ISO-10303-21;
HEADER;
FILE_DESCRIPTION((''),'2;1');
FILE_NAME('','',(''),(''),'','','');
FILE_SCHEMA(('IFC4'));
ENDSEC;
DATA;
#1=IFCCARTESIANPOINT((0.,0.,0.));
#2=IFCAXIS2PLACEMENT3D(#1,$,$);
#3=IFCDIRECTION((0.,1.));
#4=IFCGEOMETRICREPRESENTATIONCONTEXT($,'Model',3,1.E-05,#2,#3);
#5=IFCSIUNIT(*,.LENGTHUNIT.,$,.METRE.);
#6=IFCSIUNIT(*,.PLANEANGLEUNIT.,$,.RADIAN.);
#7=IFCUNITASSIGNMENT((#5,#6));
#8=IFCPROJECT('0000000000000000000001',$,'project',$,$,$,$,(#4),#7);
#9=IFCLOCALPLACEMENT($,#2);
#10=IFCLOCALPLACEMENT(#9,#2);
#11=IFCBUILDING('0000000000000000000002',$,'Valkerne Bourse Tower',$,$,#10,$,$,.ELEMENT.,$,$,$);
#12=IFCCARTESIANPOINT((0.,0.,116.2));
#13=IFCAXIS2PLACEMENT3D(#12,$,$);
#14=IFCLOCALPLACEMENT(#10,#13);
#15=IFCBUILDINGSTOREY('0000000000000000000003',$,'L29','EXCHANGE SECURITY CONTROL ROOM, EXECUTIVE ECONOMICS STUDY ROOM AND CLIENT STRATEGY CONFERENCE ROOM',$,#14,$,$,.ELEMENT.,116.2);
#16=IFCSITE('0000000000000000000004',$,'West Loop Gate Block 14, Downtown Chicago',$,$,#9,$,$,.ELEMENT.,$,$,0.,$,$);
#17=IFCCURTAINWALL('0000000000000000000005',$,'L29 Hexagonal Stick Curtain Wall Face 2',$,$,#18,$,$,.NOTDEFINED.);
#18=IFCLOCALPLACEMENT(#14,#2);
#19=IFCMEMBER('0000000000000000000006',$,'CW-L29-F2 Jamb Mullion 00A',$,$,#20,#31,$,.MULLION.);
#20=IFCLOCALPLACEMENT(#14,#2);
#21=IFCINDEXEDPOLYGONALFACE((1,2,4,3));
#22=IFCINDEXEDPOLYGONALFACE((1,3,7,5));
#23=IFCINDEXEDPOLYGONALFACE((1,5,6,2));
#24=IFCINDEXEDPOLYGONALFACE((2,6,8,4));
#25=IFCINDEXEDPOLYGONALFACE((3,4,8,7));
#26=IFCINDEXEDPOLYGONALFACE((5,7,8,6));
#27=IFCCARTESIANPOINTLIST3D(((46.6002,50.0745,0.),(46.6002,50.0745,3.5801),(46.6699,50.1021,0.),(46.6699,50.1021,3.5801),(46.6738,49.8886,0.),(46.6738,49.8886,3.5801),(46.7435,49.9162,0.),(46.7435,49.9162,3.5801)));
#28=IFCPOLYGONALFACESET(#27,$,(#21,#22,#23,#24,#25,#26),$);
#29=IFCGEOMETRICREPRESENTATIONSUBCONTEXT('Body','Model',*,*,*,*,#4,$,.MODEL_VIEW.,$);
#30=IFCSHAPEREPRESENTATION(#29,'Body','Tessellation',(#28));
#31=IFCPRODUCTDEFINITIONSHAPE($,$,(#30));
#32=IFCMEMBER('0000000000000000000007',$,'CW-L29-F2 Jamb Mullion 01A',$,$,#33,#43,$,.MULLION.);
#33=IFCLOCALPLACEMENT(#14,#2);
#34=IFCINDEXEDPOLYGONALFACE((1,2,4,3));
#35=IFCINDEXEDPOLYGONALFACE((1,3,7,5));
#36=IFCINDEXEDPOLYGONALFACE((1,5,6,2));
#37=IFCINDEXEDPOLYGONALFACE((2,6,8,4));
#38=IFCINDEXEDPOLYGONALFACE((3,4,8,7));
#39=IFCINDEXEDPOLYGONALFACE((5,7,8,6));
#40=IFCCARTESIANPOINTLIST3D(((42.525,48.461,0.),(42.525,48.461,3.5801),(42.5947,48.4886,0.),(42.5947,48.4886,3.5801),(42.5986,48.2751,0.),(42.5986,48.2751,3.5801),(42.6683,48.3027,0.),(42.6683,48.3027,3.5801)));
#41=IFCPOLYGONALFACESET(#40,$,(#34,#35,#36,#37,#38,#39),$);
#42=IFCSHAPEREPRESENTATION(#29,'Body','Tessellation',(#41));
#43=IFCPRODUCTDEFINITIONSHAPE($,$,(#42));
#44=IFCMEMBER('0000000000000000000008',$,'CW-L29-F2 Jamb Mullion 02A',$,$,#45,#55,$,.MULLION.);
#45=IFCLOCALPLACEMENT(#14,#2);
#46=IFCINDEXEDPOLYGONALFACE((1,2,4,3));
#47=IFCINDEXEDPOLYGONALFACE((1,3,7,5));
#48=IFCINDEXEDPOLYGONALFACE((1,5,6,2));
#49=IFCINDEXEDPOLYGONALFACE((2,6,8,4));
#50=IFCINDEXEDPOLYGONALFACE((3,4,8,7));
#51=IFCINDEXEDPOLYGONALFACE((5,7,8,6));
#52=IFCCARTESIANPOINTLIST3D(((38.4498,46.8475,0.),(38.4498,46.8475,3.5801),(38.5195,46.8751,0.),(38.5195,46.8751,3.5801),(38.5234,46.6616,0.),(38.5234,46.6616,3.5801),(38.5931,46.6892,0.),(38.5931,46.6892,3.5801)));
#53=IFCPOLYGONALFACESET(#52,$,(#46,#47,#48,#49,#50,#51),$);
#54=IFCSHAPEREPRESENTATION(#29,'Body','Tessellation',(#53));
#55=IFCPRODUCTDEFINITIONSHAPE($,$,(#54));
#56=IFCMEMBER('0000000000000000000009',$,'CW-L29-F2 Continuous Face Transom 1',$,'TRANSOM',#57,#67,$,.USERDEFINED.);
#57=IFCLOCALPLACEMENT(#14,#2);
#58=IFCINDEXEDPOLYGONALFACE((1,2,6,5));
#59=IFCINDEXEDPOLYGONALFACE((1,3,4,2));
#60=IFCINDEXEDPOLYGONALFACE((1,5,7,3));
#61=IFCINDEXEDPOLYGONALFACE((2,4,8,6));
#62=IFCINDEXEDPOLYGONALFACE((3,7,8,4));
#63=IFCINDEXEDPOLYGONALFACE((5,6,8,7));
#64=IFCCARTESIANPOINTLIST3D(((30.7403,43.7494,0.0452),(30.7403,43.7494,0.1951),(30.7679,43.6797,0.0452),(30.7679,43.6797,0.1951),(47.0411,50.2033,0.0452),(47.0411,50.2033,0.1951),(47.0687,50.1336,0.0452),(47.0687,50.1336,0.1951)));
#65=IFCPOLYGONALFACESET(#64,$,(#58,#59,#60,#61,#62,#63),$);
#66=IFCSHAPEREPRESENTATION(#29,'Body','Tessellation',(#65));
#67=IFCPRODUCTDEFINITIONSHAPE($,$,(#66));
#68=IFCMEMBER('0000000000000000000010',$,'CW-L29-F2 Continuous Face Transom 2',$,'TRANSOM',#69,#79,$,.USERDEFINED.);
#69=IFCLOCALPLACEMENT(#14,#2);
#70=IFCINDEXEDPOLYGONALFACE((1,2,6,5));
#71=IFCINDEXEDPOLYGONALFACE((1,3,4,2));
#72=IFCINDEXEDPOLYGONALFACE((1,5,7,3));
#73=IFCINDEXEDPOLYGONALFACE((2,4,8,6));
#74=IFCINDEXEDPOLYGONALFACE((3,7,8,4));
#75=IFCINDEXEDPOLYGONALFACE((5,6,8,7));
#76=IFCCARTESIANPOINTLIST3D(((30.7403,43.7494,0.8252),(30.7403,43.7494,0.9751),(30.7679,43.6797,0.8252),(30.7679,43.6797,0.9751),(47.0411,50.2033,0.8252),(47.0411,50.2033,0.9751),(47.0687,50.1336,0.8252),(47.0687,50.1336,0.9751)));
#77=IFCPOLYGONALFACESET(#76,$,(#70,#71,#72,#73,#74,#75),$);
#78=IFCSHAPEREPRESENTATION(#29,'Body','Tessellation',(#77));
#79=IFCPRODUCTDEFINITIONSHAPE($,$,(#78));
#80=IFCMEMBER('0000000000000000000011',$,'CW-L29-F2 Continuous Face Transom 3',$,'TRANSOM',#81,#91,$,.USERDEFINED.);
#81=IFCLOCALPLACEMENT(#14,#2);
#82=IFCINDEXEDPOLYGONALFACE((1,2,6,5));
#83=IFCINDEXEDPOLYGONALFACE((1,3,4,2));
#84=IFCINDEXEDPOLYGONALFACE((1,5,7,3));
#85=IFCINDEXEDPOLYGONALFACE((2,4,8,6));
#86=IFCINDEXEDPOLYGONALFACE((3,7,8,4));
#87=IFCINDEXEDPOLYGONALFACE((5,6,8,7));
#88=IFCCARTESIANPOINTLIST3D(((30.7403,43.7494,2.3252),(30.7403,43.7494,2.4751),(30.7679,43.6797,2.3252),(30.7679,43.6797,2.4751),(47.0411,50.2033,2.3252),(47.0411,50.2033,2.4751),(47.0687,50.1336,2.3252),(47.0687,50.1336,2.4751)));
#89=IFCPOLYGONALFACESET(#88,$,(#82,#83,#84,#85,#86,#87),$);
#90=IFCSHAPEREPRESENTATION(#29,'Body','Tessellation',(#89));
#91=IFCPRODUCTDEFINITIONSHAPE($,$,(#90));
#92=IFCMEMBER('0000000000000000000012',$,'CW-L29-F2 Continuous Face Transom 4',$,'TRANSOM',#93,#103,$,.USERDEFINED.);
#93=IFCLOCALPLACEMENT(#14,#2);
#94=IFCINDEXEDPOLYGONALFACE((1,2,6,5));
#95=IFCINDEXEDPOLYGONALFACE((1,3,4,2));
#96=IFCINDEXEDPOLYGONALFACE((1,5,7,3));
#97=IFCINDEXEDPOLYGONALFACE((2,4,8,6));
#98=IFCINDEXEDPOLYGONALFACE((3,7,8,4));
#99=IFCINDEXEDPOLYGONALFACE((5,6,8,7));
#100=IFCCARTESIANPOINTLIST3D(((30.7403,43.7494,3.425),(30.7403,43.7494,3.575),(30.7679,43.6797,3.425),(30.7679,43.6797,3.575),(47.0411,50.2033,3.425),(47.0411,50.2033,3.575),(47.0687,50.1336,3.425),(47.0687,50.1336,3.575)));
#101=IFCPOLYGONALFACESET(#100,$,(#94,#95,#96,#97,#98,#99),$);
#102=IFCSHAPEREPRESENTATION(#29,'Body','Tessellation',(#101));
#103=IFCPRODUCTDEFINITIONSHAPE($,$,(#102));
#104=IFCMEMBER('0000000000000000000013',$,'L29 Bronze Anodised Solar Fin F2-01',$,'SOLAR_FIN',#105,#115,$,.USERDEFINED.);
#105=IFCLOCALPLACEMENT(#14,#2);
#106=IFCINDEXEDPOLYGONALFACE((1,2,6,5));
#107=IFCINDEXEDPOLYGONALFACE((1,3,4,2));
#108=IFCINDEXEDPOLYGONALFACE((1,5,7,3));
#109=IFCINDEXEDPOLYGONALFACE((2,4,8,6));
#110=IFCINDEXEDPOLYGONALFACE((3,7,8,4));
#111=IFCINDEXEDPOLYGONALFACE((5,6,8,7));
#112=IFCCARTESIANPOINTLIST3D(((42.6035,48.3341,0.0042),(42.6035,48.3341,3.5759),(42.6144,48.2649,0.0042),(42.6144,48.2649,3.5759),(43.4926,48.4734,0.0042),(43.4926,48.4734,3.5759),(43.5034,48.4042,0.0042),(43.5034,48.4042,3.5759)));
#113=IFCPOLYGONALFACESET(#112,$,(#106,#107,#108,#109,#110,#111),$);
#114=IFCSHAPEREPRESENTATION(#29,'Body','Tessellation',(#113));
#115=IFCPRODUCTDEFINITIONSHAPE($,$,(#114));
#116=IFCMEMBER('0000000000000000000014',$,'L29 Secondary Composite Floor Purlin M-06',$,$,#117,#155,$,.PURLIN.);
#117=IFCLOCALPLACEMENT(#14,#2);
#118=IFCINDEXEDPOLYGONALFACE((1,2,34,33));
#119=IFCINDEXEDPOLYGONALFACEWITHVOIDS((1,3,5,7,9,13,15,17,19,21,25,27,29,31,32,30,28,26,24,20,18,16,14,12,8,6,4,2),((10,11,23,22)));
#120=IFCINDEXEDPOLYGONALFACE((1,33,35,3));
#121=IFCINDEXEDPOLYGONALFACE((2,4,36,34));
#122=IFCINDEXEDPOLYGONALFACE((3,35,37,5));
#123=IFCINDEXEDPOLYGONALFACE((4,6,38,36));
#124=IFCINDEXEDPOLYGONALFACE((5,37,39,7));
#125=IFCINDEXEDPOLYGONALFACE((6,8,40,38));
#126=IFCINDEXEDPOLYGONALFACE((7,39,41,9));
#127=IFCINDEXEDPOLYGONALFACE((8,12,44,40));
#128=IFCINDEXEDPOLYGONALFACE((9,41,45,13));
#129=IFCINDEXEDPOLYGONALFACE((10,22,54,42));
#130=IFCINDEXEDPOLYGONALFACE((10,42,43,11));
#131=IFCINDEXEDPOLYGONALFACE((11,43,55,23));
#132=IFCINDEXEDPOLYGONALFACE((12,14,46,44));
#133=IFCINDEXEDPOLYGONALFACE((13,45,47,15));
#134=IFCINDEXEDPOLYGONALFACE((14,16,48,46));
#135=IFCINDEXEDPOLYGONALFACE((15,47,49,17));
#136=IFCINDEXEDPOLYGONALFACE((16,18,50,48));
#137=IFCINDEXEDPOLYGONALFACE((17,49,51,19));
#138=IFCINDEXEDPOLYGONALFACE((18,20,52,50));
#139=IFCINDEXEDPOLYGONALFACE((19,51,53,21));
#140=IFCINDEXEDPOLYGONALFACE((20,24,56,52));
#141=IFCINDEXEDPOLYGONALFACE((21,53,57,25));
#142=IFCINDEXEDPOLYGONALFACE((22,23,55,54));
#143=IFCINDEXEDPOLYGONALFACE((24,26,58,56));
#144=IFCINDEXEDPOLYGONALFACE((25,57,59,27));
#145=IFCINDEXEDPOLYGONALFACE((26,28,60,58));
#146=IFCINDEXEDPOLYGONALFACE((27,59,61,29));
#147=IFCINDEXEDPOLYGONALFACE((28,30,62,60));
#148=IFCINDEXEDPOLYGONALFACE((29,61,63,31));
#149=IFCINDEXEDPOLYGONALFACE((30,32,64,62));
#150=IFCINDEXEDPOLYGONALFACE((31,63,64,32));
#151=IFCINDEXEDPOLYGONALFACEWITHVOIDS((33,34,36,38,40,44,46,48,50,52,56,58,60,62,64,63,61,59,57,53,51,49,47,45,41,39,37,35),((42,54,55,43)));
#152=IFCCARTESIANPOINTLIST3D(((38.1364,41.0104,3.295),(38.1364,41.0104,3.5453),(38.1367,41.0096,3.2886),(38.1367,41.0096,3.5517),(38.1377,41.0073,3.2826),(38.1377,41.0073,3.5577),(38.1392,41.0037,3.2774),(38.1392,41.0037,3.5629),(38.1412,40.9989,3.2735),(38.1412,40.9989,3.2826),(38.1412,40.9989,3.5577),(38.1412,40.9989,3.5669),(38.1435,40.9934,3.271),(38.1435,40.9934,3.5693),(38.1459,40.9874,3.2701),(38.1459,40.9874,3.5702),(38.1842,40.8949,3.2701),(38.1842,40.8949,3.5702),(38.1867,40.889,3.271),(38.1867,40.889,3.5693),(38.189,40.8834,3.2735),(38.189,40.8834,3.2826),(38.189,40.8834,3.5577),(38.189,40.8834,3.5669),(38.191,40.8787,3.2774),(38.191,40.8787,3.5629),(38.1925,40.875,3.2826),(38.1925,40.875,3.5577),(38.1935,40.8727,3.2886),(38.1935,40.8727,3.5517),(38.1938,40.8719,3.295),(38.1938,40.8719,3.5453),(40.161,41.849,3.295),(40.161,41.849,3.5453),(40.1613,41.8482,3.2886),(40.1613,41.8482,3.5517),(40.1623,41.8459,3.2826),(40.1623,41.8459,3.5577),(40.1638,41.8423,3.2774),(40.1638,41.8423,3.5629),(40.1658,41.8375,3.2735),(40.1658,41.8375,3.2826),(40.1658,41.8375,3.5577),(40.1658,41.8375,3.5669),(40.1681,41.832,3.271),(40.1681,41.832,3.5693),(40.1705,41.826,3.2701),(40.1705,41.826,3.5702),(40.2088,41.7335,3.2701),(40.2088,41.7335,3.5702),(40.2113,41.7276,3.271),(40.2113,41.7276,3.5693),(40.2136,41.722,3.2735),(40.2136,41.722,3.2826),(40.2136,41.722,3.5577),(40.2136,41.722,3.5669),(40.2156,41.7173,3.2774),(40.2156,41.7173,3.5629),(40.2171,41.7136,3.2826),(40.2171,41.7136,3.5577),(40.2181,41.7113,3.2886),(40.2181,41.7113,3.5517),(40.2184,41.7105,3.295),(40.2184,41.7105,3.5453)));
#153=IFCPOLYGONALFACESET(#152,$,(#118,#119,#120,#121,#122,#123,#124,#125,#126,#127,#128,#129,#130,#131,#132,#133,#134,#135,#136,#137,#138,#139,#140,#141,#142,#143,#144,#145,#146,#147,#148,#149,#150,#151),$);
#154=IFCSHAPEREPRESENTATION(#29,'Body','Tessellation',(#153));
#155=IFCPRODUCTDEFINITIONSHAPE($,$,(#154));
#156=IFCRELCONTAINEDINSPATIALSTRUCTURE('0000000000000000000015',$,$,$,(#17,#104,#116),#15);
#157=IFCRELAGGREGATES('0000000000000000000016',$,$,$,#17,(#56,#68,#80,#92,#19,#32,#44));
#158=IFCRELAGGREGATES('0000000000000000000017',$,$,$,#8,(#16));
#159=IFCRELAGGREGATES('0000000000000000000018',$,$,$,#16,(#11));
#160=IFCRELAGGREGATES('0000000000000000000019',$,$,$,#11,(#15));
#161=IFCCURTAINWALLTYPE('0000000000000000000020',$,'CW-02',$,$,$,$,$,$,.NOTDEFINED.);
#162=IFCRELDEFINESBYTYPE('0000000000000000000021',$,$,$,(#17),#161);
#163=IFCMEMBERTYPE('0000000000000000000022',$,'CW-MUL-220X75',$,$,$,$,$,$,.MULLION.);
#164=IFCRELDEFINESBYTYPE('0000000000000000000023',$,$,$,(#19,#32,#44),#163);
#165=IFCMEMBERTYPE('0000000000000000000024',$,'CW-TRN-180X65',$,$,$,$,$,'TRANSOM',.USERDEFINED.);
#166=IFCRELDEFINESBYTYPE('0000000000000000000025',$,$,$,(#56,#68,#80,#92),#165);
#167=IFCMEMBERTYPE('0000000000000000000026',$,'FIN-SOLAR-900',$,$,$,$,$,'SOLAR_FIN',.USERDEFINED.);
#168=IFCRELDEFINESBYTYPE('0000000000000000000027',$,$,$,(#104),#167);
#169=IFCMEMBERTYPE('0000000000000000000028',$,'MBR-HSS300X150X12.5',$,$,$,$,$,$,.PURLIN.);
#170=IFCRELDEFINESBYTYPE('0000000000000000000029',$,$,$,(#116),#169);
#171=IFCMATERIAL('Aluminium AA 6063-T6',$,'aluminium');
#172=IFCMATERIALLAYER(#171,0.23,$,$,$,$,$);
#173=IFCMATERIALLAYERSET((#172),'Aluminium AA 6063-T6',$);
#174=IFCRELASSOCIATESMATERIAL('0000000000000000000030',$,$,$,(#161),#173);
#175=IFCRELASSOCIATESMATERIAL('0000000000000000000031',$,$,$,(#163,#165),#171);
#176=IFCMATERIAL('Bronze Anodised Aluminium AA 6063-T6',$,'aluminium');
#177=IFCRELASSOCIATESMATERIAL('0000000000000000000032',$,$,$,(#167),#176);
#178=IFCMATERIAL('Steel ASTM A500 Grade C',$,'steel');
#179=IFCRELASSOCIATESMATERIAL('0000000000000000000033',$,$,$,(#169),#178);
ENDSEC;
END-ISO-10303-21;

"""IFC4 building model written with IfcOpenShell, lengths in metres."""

from ifc_helpers import new_model, si_unit, direction, frame, origin, origin_2d, place, context, subcontext, project, spatial, rectangle, hollow_rectangle, extrude, material, layer, layer_set, material_profile, profile_set, type_object, element, aggregate, save


model = new_model("IFC4")

# Units and contexts
model_context = context("Model", 3, precision=1e-05, world=origin(), true_north=direction((0.0, 1.0)))
body_context = subcontext(model_context, "Body", "Model", "MODEL_VIEW")
ifc_project = project(units=[si_unit("LENGTHUNIT", "METRE"), si_unit("PLANEANGLEUNIT", "RADIAN")], contexts=[model_context])

# Site, building, storey
site_placement = place(None, origin())
site = spatial("IfcSite", under=ifc_project, at=site_placement, Name="West Loop Gate Block 14, Downtown Chicago", CompositionType="ELEMENT", RefElevation=0.0)
building_placement = place(site_placement, origin())
building = spatial("IfcBuilding", under=site, at=building_placement, Name="Valkerne Bourse Tower", CompositionType="ELEMENT")
storey_placement = place(building_placement, frame((0.0, 0.0, 116.2)))
storey = spatial("IfcBuildingStorey", under=building, at=storey_placement, Name="L29", Description="EXCHANGE SECURITY CONTROL ROOM, EXECUTIVE ECONOMICS STUDY ROOM AND CLIENT STRATEGY CONFERENCE ROOM", CompositionType="ELEMENT", Elevation=116.2)

# Curtain wall, members
ifc_material_1 = material(Name="Aluminium AA 6063-T6", Category="aluminium")
ifc_layer_1 = layer(ifc_material_1, 0.23)
ifc_layer_set_1 = layer_set([ifc_layer_1], Name="Aluminium AA 6063-T6")
curtain_wall_type = type_object("IfcCurtainWallType", Name="CW-02", PredefinedType="NOTDEFINED", material=ifc_layer_set_1)
curtain_wall_placement = place(storey_placement, origin())
curtain_wall = element("IfcCurtainWall", 1, at=curtain_wall_placement, inside=storey, type_object=curtain_wall_type, Name="L29 Hexagonal Stick Curtain Wall Face 2", PredefinedType="NOTDEFINED")
ifc_material_profile_1 = material_profile(ifc_material_1, rectangle(XDim=0.075, YDim=0.2, at=origin_2d()), Name="CWM-75X200")
ifc_profile_set_1 = profile_set([ifc_material_profile_1], Name="Aluminium AA 6063-T6")
member_type_1 = type_object("IfcMemberType", Name="CW-MUL-220X75", PredefinedType="MULLION", material=ifc_profile_set_1)
member_1_placement = place(storey_placement, frame((46.6719, 49.9954, 0.0), z_axis=(0.0, 0.0, 1.0), x_axis=(-0.929783, -0.368108, 0.0)))
member_1 = element("IfcMember", 2, at=member_1_placement, type_object=member_type_1, Name="CW-L29-F2 Jamb Mullion 00A", PredefinedType="MULLION", context=body_context, shape_type="SweptSolid", body=[
    extrude(rectangle(XDim=0.075, YDim=0.2, at=origin_2d()), origin(), (0.0, 0.0, 1.0), 3.5801),
])
member_2_placement = place(storey_placement, frame((42.5967, 48.3818, 0.0), z_axis=(0.0, 0.0, 1.0), x_axis=(-0.929775, -0.368127, 0.0)))
member_2 = element("IfcMember", 3, at=member_2_placement, type_object=member_type_1, Name="CW-L29-F2 Jamb Mullion 01A", PredefinedType="MULLION", context=body_context, shape_type="SweptSolid", body=[
    extrude(rectangle(XDim=0.075, YDim=0.2, at=origin_2d()), origin(), (0.0, 0.0, 1.0), 3.5801),
])
member_3_placement = place(storey_placement, frame((38.5215, 46.7683, 0.0), z_axis=(0.0, 0.0, 1.0), x_axis=(-0.929775, -0.368127, 0.0)))
member_3 = element("IfcMember", 4, at=member_3_placement, type_object=member_type_1, Name="CW-L29-F2 Jamb Mullion 02A", PredefinedType="MULLION", context=body_context, shape_type="SweptSolid", body=[
    extrude(rectangle(XDim=0.075, YDim=0.2, at=origin_2d()), origin(), (0.0, 0.0, 1.0), 3.5801),
])
ifc_material_profile_2 = material_profile(ifc_material_1, rectangle(XDim=0.075, YDim=0.1499, at=origin_2d()), Name="CWT-75X150")
ifc_profile_set_2 = profile_set([ifc_material_profile_2], Name="Aluminium AA 6063-T6")
member_type_2 = type_object("IfcMemberType", Name="CW-TRN-180X65", ElementType="TRANSOM", PredefinedType="USERDEFINED", material=ifc_profile_set_2)
member_4_placement = place(storey_placement, frame((47.0549, 50.1685, 0.1201), z_axis=(-0.929778, -0.368121, 0.0), x_axis=(0.368121, -0.929778, 0.0)))
member_4 = element("IfcMember", 5, at=member_4_placement, type_object=member_type_2, Name="CW-L29-F2 Continuous Face Transom 1", ObjectType="TRANSOM", PredefinedType="USERDEFINED", context=body_context, shape_type="SweptSolid", body=[
    extrude(rectangle(XDim=0.075, YDim=0.1499, at=origin_2d()), origin(), (0.0, 0.0, 1.0), 17.532),
])
member_5_placement = place(storey_placement, frame((47.0549, 50.1685, 0.9001), z_axis=(-0.929778, -0.368121, 0.0), x_axis=(0.368121, -0.929778, 0.0)))
member_5 = element("IfcMember", 6, at=member_5_placement, type_object=member_type_2, Name="CW-L29-F2 Continuous Face Transom 2", ObjectType="TRANSOM", PredefinedType="USERDEFINED", context=body_context, shape_type="SweptSolid", body=[
    extrude(rectangle(XDim=0.075, YDim=0.1499, at=origin_2d()), origin(), (0.0, 0.0, 1.0), 17.532),
])
member_6_placement = place(storey_placement, frame((47.0549, 50.1685, 2.4001), z_axis=(-0.929778, -0.368121, 0.0), x_axis=(0.368121, -0.929778, 0.0)))
member_6 = element("IfcMember", 7, at=member_6_placement, type_object=member_type_2, Name="CW-L29-F2 Continuous Face Transom 3", ObjectType="TRANSOM", PredefinedType="USERDEFINED", context=body_context, shape_type="SweptSolid", body=[
    extrude(rectangle(XDim=0.075, YDim=0.1499, at=origin_2d()), origin(), (0.0, 0.0, 1.0), 17.532),
])
member_7_placement = place(storey_placement, frame((47.0549, 50.1685, 3.5), z_axis=(-0.929778, -0.368121, 0.0), x_axis=(0.368121, -0.929778, 0.0)))
member_7 = element("IfcMember", 8, at=member_7_placement, type_object=member_type_2, Name="CW-L29-F2 Continuous Face Transom 4", ObjectType="TRANSOM", PredefinedType="USERDEFINED", context=body_context, shape_type="SweptSolid", body=[
    extrude(rectangle(XDim=0.075, YDim=0.1499, at=origin_2d()), origin(), (0.0, 0.0, 1.0), 17.532),
])

# Members
ifc_material_2 = material(Name="Bronze Anodised Aluminium AA 6063-T6", Category="aluminium")
ifc_material_profile_3 = material_profile(ifc_material_2, rectangle(XDim=0.0701, YDim=0.8999, at=origin_2d()), Name="FIN-70X900")
ifc_profile_set_3 = profile_set([ifc_material_profile_3], Name="Bronze Anodised Aluminium AA 6063-T6")
member_type_3 = type_object("IfcMemberType", Name="FIN-SOLAR-900", ElementType="SOLAR_FIN", PredefinedType="USERDEFINED", material=ifc_profile_set_3)
member_8_placement = place(storey_placement, frame((43.0535, 48.3691, 0.0042), z_axis=(0.0, 0.0, 1.0), x_axis=(-0.154737, 0.987956, 0.0)))
element("IfcMember", 9, at=member_8_placement, inside=storey, type_object=member_type_3, Name="L29 Bronze Anodised Solar Fin F2-01", ObjectType="SOLAR_FIN", PredefinedType="USERDEFINED", context=body_context, shape_type="SweptSolid", body=[
    extrude(rectangle(XDim=0.0701, YDim=0.8999, at=origin_2d()), origin(), (0.0, 0.0, 1.0), 3.5718),
])
ifc_material_3 = material(Name="Steel ASTM A500 Grade C", Category="steel")
ifc_material_profile_4 = material_profile(ifc_material_3, hollow_rectangle(XDim=0.1499, YDim=0.3, WallThickness=0.0125, OuterFilletRadius=0.0249, at=origin_2d()), Name="HSS300X150X12.5")
ifc_profile_set_4 = profile_set([ifc_material_profile_4], Name="Steel ASTM A500 Grade C")
member_type_4 = type_object("IfcMemberType", Name="MBR-HSS300X150X12.5", PredefinedType="PURLIN", material=ifc_profile_set_4)
member_9_placement = place(storey_placement, frame((40.1897, 41.7798, 3.4202), z_axis=(-0.923882, -0.382676, 0.0), x_axis=(0.382676, -0.923882, 0.0)))
element("IfcMember", 10, at=member_9_placement, inside=storey, type_object=member_type_4, Name="L29 Secondary Composite Floor Purlin M-06", PredefinedType="PURLIN", context=body_context, shape_type="SweptSolid", body=[
    extrude(hollow_rectangle(XDim=0.1499, YDim=0.3, WallThickness=0.0125, OuterFilletRadius=0.0249, at=origin_2d()), origin(), (0.0, 0.0, 1.0), 2.1914),
])

aggregate(curtain_wall, [member_4, member_5, member_6, member_7, member_1, member_2, member_3])

save(model, "model.ifc")
